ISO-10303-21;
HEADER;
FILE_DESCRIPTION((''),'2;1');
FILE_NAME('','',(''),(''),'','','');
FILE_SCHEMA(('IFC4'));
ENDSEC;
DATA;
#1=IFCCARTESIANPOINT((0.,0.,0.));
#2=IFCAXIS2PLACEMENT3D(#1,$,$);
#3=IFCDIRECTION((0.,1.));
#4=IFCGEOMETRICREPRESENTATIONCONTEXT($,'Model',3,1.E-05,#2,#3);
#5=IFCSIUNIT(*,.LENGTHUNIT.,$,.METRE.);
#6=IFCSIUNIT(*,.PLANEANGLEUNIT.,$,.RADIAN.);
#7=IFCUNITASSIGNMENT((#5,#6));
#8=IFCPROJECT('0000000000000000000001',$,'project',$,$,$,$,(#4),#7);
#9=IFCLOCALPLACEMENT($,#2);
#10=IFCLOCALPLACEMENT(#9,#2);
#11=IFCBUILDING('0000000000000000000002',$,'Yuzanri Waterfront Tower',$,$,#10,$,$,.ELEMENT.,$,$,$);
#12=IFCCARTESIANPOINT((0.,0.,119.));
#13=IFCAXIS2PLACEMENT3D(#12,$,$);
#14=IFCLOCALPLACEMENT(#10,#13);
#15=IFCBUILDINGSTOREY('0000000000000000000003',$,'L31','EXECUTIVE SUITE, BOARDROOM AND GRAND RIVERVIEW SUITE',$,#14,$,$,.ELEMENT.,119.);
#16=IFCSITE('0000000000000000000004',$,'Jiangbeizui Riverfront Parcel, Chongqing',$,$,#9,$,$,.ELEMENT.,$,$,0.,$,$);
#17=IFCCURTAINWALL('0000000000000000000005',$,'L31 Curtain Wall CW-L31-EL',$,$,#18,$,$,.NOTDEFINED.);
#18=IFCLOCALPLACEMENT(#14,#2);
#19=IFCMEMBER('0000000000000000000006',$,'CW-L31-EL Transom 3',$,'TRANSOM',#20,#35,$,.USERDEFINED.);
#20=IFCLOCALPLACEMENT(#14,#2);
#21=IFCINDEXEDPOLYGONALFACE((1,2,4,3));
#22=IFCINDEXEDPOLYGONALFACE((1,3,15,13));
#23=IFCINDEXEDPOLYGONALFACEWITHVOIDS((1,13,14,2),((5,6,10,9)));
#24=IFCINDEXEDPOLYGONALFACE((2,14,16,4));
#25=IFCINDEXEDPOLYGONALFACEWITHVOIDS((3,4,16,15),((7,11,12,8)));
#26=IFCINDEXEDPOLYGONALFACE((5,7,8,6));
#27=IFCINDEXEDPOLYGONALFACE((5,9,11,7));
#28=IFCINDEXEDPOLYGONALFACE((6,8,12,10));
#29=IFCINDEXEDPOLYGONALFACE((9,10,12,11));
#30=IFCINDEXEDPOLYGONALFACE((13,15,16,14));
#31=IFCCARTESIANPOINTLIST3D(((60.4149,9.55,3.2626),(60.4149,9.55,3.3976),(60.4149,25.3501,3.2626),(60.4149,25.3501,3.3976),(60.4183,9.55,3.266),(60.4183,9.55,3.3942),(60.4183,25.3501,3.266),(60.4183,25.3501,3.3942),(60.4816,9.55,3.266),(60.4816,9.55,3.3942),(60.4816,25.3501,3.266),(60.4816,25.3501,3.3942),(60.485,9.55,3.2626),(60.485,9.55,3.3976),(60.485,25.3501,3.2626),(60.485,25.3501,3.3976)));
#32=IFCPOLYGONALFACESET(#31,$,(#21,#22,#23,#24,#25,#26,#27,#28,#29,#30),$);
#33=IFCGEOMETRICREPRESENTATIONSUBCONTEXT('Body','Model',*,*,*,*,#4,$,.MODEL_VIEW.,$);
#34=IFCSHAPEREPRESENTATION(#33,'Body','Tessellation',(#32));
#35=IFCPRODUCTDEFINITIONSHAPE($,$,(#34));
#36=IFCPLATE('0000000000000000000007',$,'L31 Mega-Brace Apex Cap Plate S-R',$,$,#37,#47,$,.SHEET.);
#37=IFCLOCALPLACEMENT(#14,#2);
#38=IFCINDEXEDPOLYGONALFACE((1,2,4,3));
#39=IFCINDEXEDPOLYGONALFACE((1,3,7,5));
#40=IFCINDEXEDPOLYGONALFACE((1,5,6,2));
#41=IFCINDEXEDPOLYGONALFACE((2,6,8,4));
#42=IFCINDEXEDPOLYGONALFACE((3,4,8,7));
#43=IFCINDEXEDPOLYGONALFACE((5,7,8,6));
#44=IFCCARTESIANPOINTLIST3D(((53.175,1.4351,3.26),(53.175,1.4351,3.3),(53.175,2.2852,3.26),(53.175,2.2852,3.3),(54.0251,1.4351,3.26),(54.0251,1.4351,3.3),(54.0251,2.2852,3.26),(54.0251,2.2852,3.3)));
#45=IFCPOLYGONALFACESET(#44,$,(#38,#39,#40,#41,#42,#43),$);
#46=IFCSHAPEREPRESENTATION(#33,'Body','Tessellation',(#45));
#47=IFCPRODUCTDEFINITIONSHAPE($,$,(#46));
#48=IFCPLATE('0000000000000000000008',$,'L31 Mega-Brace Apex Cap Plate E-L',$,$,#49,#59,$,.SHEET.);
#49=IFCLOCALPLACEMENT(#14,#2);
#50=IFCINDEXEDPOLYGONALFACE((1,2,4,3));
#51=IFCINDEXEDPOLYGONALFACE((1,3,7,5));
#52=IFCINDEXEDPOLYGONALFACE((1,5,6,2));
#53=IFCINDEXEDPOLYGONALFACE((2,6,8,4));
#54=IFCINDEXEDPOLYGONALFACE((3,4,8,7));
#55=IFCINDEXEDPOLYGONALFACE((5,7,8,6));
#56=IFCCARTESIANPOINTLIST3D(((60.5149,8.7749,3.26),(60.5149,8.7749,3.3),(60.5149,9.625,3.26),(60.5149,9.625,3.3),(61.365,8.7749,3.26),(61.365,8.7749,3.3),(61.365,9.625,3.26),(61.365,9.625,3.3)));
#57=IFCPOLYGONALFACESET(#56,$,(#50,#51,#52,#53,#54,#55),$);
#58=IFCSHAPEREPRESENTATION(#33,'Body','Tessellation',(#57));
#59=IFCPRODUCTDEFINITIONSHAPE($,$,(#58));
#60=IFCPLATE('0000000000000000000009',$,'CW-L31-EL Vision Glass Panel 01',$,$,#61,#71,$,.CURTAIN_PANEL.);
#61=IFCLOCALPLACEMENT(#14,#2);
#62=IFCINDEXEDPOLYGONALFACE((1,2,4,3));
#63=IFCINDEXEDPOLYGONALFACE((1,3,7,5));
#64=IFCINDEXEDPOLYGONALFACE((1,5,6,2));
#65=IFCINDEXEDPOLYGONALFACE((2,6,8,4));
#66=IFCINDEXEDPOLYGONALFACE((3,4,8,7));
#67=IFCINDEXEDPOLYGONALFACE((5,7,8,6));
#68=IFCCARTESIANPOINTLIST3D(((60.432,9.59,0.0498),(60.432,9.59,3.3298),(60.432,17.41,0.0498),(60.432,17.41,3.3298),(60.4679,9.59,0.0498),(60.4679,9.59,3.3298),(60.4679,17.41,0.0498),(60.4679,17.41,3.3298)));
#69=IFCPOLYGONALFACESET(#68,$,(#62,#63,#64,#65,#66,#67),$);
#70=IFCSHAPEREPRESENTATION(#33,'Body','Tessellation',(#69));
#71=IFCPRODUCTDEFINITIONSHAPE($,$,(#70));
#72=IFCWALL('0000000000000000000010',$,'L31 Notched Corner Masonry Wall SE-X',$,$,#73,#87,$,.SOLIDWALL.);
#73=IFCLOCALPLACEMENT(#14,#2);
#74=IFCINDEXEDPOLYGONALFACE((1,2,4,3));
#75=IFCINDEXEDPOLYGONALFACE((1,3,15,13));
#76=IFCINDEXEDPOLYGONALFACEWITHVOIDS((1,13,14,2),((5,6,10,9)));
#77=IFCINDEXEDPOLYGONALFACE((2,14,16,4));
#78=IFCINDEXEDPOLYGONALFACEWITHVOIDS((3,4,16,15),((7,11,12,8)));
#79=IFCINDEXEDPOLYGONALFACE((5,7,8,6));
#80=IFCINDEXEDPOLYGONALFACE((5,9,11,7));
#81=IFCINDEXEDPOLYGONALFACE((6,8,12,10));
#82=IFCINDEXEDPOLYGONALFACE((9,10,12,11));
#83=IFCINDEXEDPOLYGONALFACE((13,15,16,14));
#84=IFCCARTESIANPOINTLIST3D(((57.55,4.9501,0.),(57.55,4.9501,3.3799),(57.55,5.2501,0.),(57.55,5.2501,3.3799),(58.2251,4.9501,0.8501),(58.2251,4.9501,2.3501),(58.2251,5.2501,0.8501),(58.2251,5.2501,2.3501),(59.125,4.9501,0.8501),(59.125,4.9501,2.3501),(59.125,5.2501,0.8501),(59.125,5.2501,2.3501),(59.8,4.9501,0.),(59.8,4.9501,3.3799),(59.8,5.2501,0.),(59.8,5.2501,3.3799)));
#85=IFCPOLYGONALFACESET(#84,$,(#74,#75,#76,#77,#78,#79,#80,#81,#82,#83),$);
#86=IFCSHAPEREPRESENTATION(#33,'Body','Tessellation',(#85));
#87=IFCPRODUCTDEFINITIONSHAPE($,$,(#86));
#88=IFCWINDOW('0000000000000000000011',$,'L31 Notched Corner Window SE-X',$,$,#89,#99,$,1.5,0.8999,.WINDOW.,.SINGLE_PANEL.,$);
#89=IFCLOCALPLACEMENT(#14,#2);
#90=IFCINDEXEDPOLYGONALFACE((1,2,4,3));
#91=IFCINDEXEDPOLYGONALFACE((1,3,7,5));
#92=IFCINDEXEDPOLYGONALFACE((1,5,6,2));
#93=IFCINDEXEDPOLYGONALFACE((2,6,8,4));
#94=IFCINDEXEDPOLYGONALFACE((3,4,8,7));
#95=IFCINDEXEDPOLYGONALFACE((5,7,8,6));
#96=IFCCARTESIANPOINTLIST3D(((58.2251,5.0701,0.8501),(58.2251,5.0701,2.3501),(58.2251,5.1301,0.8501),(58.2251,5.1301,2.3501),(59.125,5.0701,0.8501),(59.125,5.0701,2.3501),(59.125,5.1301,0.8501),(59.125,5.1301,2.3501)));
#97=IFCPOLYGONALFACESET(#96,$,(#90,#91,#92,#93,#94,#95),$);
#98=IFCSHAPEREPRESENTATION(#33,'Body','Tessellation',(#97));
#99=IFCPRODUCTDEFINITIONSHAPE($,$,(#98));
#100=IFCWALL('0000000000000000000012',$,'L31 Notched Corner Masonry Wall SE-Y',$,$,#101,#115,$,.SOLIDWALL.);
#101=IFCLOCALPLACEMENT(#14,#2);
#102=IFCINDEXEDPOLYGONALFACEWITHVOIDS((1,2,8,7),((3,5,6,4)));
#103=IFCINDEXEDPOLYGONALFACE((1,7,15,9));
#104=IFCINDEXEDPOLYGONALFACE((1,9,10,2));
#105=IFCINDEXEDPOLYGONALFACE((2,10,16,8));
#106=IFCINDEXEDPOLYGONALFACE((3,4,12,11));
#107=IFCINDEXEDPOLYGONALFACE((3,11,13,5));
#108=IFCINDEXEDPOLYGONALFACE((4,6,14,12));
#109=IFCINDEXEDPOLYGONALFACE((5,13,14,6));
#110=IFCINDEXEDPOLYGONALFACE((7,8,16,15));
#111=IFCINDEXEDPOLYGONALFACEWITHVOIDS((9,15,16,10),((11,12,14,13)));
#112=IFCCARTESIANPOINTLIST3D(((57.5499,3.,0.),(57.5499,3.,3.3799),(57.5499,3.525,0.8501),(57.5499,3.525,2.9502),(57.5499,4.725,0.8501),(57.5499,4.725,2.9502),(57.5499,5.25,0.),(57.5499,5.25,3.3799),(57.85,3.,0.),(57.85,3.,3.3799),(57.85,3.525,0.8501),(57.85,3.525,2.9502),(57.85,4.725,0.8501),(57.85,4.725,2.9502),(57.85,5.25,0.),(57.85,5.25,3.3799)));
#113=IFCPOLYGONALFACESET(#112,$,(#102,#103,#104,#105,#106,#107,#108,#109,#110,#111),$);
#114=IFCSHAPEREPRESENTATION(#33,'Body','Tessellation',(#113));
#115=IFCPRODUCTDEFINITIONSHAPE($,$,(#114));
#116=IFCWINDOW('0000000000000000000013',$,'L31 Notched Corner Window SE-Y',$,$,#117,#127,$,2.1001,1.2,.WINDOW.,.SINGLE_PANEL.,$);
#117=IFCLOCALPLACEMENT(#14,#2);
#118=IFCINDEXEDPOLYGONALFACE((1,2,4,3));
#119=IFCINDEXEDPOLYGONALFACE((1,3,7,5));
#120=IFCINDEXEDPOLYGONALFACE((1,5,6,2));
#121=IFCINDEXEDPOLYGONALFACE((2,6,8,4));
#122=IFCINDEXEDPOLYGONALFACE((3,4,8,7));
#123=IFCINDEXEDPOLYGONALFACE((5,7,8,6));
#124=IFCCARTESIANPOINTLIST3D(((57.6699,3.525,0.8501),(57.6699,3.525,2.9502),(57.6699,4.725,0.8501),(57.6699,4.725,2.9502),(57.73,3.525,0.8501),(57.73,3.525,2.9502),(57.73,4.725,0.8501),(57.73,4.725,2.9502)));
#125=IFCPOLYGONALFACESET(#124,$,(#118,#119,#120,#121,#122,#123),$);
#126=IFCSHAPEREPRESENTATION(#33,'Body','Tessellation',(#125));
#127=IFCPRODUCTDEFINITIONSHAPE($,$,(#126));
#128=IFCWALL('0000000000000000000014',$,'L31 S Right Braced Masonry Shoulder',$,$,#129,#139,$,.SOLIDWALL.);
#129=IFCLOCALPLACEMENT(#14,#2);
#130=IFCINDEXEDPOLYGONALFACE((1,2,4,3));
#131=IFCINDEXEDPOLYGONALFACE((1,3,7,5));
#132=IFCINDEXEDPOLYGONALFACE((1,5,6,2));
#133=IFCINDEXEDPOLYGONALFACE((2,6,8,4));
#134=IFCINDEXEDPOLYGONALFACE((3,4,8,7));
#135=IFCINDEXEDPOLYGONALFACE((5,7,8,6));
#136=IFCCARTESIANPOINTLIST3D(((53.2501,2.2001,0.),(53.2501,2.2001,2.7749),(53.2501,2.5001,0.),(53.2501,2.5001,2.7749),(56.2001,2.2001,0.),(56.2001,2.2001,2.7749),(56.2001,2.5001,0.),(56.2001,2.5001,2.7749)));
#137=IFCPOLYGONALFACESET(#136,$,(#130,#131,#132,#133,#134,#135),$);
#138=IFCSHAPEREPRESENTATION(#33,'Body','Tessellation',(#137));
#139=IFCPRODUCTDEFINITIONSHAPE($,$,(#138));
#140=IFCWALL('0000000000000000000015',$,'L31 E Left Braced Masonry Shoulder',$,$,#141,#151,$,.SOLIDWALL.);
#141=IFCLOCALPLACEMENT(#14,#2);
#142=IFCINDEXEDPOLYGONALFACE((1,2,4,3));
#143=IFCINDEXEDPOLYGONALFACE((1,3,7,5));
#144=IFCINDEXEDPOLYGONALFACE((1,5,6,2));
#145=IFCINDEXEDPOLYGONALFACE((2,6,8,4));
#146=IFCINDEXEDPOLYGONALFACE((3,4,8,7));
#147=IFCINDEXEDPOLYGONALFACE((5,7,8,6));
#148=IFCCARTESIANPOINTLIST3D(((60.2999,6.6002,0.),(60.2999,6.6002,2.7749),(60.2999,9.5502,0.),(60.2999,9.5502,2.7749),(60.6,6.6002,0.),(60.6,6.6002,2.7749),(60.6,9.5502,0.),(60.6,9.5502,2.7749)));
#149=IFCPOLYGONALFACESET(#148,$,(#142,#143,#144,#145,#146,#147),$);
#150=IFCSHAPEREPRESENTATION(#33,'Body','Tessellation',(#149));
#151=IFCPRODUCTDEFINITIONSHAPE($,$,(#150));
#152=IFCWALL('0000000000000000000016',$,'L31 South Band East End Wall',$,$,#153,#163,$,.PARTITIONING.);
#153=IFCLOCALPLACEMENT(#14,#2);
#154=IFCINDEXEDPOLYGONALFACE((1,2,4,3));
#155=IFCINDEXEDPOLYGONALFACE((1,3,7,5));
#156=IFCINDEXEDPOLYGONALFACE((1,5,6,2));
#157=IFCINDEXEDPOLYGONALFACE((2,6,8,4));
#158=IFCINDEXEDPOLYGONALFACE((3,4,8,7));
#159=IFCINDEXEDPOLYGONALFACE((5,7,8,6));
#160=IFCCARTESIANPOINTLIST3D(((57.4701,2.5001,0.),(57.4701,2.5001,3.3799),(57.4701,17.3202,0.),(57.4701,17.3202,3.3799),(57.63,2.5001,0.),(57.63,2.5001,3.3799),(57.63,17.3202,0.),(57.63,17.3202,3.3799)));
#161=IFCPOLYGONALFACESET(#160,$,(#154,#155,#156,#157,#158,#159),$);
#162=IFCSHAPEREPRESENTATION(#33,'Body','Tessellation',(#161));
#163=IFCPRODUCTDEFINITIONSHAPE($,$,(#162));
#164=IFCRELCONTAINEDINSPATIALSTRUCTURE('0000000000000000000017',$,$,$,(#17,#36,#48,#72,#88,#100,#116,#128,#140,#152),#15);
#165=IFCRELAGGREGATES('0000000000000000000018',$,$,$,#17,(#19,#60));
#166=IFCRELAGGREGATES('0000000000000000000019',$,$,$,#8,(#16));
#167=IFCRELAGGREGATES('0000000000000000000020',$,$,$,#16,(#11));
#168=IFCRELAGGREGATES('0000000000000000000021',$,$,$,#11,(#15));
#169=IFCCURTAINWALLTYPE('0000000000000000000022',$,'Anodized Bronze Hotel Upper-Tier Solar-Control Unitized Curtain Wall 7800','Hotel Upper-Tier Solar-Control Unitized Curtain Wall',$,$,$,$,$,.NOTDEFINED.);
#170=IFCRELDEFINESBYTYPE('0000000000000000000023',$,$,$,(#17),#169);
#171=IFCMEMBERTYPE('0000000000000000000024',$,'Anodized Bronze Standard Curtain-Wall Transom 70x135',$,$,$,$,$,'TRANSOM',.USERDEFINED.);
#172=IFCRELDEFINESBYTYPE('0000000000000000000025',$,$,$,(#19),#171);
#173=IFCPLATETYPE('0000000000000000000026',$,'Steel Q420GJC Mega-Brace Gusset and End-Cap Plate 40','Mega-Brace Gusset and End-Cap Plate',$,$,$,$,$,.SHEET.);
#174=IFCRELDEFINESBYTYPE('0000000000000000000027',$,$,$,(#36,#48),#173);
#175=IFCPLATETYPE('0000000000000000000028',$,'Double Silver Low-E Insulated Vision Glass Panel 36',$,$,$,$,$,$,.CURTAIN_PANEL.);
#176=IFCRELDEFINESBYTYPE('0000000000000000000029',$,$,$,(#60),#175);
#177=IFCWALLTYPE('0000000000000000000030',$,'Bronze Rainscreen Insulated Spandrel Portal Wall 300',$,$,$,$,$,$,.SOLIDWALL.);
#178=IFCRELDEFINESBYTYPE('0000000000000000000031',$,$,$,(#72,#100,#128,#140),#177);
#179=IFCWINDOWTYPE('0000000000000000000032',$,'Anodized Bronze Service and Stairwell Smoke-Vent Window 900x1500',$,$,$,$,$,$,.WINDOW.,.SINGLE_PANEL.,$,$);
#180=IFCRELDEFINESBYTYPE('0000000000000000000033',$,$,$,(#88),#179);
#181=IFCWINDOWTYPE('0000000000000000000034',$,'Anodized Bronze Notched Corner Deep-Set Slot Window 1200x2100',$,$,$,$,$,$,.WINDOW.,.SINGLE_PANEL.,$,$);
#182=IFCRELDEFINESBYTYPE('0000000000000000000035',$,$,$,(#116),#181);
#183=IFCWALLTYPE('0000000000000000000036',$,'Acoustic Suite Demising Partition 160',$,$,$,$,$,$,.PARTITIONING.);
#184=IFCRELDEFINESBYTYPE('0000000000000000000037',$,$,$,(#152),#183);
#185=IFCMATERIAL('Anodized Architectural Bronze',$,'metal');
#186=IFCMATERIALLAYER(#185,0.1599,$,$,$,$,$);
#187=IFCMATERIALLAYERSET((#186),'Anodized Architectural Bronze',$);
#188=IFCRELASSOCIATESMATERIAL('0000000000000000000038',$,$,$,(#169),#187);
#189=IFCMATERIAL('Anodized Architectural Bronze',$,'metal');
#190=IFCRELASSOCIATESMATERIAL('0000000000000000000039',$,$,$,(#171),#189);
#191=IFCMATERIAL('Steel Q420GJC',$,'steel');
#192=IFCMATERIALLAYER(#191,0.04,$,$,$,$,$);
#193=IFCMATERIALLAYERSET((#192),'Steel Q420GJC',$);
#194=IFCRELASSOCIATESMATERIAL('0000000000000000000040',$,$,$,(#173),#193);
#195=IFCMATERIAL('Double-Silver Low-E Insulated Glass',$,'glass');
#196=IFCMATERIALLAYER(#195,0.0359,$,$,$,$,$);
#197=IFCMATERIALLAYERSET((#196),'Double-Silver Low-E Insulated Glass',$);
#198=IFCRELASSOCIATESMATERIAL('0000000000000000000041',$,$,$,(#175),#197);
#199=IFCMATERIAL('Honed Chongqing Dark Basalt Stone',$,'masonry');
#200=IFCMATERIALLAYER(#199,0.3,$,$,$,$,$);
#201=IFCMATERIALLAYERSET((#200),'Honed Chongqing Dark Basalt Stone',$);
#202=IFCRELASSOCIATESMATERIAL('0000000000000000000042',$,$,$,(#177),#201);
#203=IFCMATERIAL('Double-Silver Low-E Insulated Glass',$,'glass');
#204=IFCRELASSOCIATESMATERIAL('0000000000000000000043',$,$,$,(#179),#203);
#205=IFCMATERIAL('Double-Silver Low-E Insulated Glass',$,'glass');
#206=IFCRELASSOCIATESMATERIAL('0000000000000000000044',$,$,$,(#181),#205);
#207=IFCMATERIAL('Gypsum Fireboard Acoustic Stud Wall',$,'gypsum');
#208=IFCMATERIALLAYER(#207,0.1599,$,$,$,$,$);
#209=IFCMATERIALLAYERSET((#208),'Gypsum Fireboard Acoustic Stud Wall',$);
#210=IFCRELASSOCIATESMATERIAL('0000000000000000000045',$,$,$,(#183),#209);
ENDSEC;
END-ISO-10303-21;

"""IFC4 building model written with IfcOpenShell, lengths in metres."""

from ifc_helpers import new_model, si_unit, direction, frame, frame_2d, origin, origin_2d, place, context, subcontext, project, spatial, rectangle, hollow_rectangle, extrude, source, transform, mapped, material, layer, layer_set, material_profile, profile_set, type_object, element, fill, aggregate, save


model = new_model("IFC4")

# Units and contexts
model_context = context("Model", 3, precision=1e-05, world=origin(), true_north=direction((0.0, 1.0)))
body_context = subcontext(model_context, "Body", "Model", "MODEL_VIEW")
ifc_project = project(units=[si_unit("LENGTHUNIT", "METRE"), si_unit("PLANEANGLEUNIT", "RADIAN")], contexts=[model_context])

# Site, building, storey
site_placement = place(None, origin())
site = spatial("IfcSite", under=ifc_project, at=site_placement, Name="Jiangbeizui Riverfront Parcel, Chongqing", CompositionType="ELEMENT", RefElevation=0.0)
building_placement = place(site_placement, origin())
building = spatial("IfcBuilding", under=site, at=building_placement, Name="Yuzanri Waterfront Tower", CompositionType="ELEMENT")
storey_placement = place(building_placement, frame((0.0, 0.0, 119.0)))
storey = spatial("IfcBuildingStorey", under=building, at=storey_placement, Name="L31", Description="EXECUTIVE SUITE, BOARDROOM AND GRAND RIVERVIEW SUITE", CompositionType="ELEMENT", Elevation=119.0)

# Curtain wall, member
ifc_material_1 = material(Name="Anodized Architectural Bronze", Category="metal")
ifc_layer_1 = layer(ifc_material_1, 0.1599)
ifc_layer_set_1 = layer_set([ifc_layer_1], Name="Anodized Architectural Bronze")
curtain_wall_type = type_object("IfcCurtainWallType", Name="Anodized Bronze Hotel Upper-Tier Solar-Control Unitized Curtain Wall 7800", Description="Hotel Upper-Tier Solar-Control Unitized Curtain Wall", PredefinedType="NOTDEFINED", material=ifc_layer_set_1)
curtain_wall_1_placement = place(storey_placement, origin())
curtain_wall_1 = element("IfcCurtainWall", 1, at=curtain_wall_1_placement, inside=storey, type_object=curtain_wall_type, Name="L31 Curtain Wall CW-L31-EL", PredefinedType="NOTDEFINED")
ifc_material_2 = material(Name="Anodized Architectural Bronze", Category="metal")
ifc_material_profile_1 = material_profile(ifc_material_2, hollow_rectangle(XDim=0.0701, YDim=0.135, WallThickness=0.0034, at=origin_2d()), Name="CWT 70x135")
ifc_profile_set_1 = profile_set([ifc_material_profile_1], Name="Anodized Architectural Bronze")
member_type_1 = type_object("IfcMemberType", Name="Anodized Bronze Standard Curtain-Wall Transom 70x135", ElementType="TRANSOM", PredefinedType="USERDEFINED", material=ifc_profile_set_1)
shared_shape_1 = source(origin(), body_context, "Body", "SweptSolid", [
    extrude(hollow_rectangle(XDim=0.0701, YDim=0.135, WallThickness=0.0034, at=origin_2d()), origin(), (0.0, 0.0, 1.0), 15.8),
])
member_1_placement = place(storey_placement, frame((60.45, 9.55, 3.3301), z_axis=(0.0, 1.0, 0.0), x_axis=(-1.0, 0.0, 0.0)))
member_1 = element("IfcMember", 2, at=member_1_placement, type_object=member_type_1, Name="CW-L31-EL Transom 3", ObjectType="TRANSOM", PredefinedType="USERDEFINED", context=body_context, shape_type="MappedRepresentation", body=[
    mapped(shared_shape_1, transform((0.0, 0.0, 0.0), scale=1.0)),
])

# Plates
ifc_material_3 = material(Name="Steel Q420GJC", Category="steel")
ifc_layer_2 = layer(ifc_material_3, 0.04)
ifc_layer_set_2 = layer_set([ifc_layer_2], Name="Steel Q420GJC")
plate_type_1 = type_object("IfcPlateType", Name="Steel Q420GJC Mega-Brace Gusset and End-Cap Plate 40", Description="Mega-Brace Gusset and End-Cap Plate", PredefinedType="SHEET", material=ifc_layer_set_2)
shared_shape_2 = source(origin(), body_context, "Body", "SweptSolid", [
    extrude(rectangle(XDim=0.8501, YDim=0.8501, at=origin_2d()), origin(), (0.0, 0.0, 1.0), 0.04),
])
for number, where, z_axis, x_axis, name in (
    (3, (53.6001, 1.8601, 3.26), (0.0, 0.0, 1.0), (1.0, 0.0, 0.0), "L31 Mega-Brace Apex Cap Plate S-R"),
    (4, (60.9399, 9.2, 3.26), (0.0, 0.0, 1.0), (1.0, 0.0, 0.0), "L31 Mega-Brace Apex Cap Plate E-L"),
):
    element("IfcPlate", number, at=place(storey_placement, frame(where, z_axis=z_axis, x_axis=x_axis)), inside=storey, type_object=plate_type_1, Name=name, PredefinedType="SHEET", context=body_context, shape_type="MappedRepresentation", body=[
        mapped(shared_shape_2, transform((0.0, 0.0, 0.0), scale=1.0)),
    ])

# Plate
ifc_material_4 = material(Name="Double-Silver Low-E Insulated Glass", Category="glass")
ifc_layer_3 = layer(ifc_material_4, 0.0359)
ifc_layer_set_3 = layer_set([ifc_layer_3], Name="Double-Silver Low-E Insulated Glass")
plate_type_2 = type_object("IfcPlateType", Name="Double Silver Low-E Insulated Vision Glass Panel 36", PredefinedType="CURTAIN_PANEL", material=ifc_layer_set_3)
shared_shape_3 = source(origin(), body_context, "Body", "SweptSolid", [
    extrude(rectangle(XDim=7.8201, YDim=0.0359, at=origin_2d()), origin(), (0.0, 0.0, 1.0), 3.28),
])
plate_placement = place(storey_placement, frame((60.45, 13.5, 0.0498), z_axis=(0.0, 0.0, 1.0), x_axis=(0.0, 1.0, 0.0)))
plate = element("IfcPlate", 5, at=plate_placement, type_object=plate_type_2, Name="CW-L31-EL Vision Glass Panel 01", PredefinedType="CURTAIN_PANEL", context=body_context, shape_type="MappedRepresentation", body=[
    mapped(shared_shape_3, transform((0.0, 0.0, 0.0), scale=1.0)),
])
aggregate(curtain_wall_1, [member_1, plate])

# Walls, openings, windows
ifc_material_5 = material(Name="Honed Chongqing Dark Basalt Stone", Category="masonry")
ifc_layer_4 = layer(ifc_material_5, 0.3)
ifc_layer_set_4 = layer_set([ifc_layer_4], Name="Honed Chongqing Dark Basalt Stone")
wall_type_1 = type_object("IfcWallType", Name="Bronze Rainscreen Insulated Spandrel Portal Wall 300", PredefinedType="SOLIDWALL", material=ifc_layer_set_4)
wall_1_placement = place(storey_placement, frame((57.55, 5.1001, 0.0), z_axis=(0.0, 0.0, 1.0), x_axis=(1.0, 0.0, 0.0)))
wall_1 = element("IfcWall", 6, at=wall_1_placement, inside=storey, type_object=wall_type_1, Name="L31 Notched Corner Masonry Wall SE-X", PredefinedType="SOLIDWALL", context=body_context, shape_type="SweptSolid", body=[
    extrude(rectangle(XDim=2.25, YDim=0.3, at=frame_2d((1.125, 0.0))), origin(), (0.0, 0.0, 1.0), 3.3799),
])
opening_1_placement = place(wall_1_placement, frame((0.675, 0.0, 0.8501)))
opening_1 = element("IfcOpeningElement", 7, at=opening_1_placement, cuts=wall_1, PredefinedType="OPENING", context=body_context, shape_type="SweptSolid", body=[
    extrude(rectangle(XDim=0.8999, YDim=1.5, at=frame_2d((0.45, 0.75))), frame((0.0, 0.165, 0.0), z_axis=(0.0, -1.0, 0.0), x_axis=(1.0, 0.0, 0.0)), (0.0, 0.0, 1.0), 0.3298),
])
ifc_material_6 = material(Name="Double-Silver Low-E Insulated Glass", Category="glass")
window_type_1 = type_object("IfcWindowType", Name="Anodized Bronze Service and Stairwell Smoke-Vent Window 900x1500", PartitioningType="SINGLE_PANEL", PredefinedType="WINDOW", material=ifc_material_6)
shared_shape_4 = source(origin(), body_context, "Body", "SweptSolid", [
    extrude(rectangle(XDim=0.8999, YDim=1.5, at=frame_2d((0.45, 0.75))), frame((0.0, 0.03, 0.0), z_axis=(0.0, -1.0, 0.0), x_axis=(1.0, 0.0, 0.0)), (0.0, 0.0, 1.0), 0.0601),
])
window_1_placement = place(opening_1_placement, origin())
window_1 = element("IfcWindow", 8, at=window_1_placement, inside=storey, type_object=window_type_1, Name="L31 Notched Corner Window SE-X", OverallHeight=1.5, OverallWidth=0.8999, PartitioningType="SINGLE_PANEL", PredefinedType="WINDOW", context=body_context, shape_type="MappedRepresentation", body=[
    mapped(shared_shape_4, transform((0.0, 0.0, 0.0), scale=1.0)),
])
fill(opening_1, window_1)
wall_2_placement = place(storey_placement, frame((57.7, 3.0, 0.0), z_axis=(0.0, 0.0, 1.0), x_axis=(0.0, 1.0, 0.0)))
wall_2 = element("IfcWall", 9, at=wall_2_placement, inside=storey, type_object=wall_type_1, Name="L31 Notched Corner Masonry Wall SE-Y", PredefinedType="SOLIDWALL", context=body_context, shape_type="SweptSolid", body=[
    extrude(rectangle(XDim=2.25, YDim=0.3, at=frame_2d((1.125, 0.0))), origin(), (0.0, 0.0, 1.0), 3.3799),
])
opening_2_placement = place(wall_2_placement, frame((0.5249, 0.0, 0.8501)))
opening_2 = element("IfcOpeningElement", 10, at=opening_2_placement, cuts=wall_2, PredefinedType="OPENING", context=body_context, shape_type="SweptSolid", body=[
    extrude(rectangle(XDim=1.2, YDim=2.1001, at=frame_2d((0.6001, 1.05))), frame((0.0, 0.165, 0.0), z_axis=(0.0, -1.0, 0.0), x_axis=(1.0, 0.0, 0.0)), (0.0, 0.0, 1.0), 0.3298),
])
ifc_material_7 = material(Name="Double-Silver Low-E Insulated Glass", Category="glass")
window_type_2 = type_object("IfcWindowType", Name="Anodized Bronze Notched Corner Deep-Set Slot Window 1200x2100", PartitioningType="SINGLE_PANEL", PredefinedType="WINDOW", material=ifc_material_7)
shared_shape_5 = source(origin(), body_context, "Body", "SweptSolid", [
    extrude(rectangle(XDim=1.2, YDim=2.1001, at=frame_2d((0.6001, 1.05))), frame((0.0, 0.03, 0.0), z_axis=(0.0, -1.0, 0.0), x_axis=(1.0, 0.0, 0.0)), (0.0, 0.0, 1.0), 0.0601),
])
window_2_placement = place(opening_2_placement, origin())
window_2 = element("IfcWindow", 11, at=window_2_placement, inside=storey, type_object=window_type_2, Name="L31 Notched Corner Window SE-Y", OverallHeight=2.1001, OverallWidth=1.2, PartitioningType="SINGLE_PANEL", PredefinedType="WINDOW", context=body_context, shape_type="MappedRepresentation", body=[
    mapped(shared_shape_5, transform((0.0, 0.0, 0.0), scale=1.0)),
])
fill(opening_2, window_2)

# Walls
shared_shape_6 = source(origin(), body_context, "Body", "SweptSolid", [
    extrude(rectangle(XDim=2.95, YDim=0.3, at=frame_2d((1.4751, 0.0))), origin(), (0.0, 0.0, 1.0), 2.7749),
])
for number, where, z_axis, x_axis, name in (
    (12, (53.25, 2.3501, 0.0), (0.0, 0.0, 1.0), (1.0, 0.0, 0.0), "L31 S Right Braced Masonry Shoulder"),
    (13, (60.45, 6.6001, 0.0), (0.0, 0.0, 1.0), (0.0, 1.0, 0.0), "L31 E Left Braced Masonry Shoulder"),
):
    element("IfcWall", number, at=place(storey_placement, frame(where, z_axis=z_axis, x_axis=x_axis)), inside=storey, type_object=wall_type_1, Name=name, PredefinedType="SOLIDWALL", context=body_context, shape_type="MappedRepresentation", body=[
        mapped(shared_shape_6, transform((0.0, 0.0, 0.0), scale=1.0)),
    ])
ifc_material_8 = material(Name="Gypsum Fireboard Acoustic Stud Wall", Category="gypsum")
ifc_layer_5 = layer(ifc_material_8, 0.1599)
ifc_layer_set_5 = layer_set([ifc_layer_5], Name="Gypsum Fireboard Acoustic Stud Wall")
wall_type_2 = type_object("IfcWallType", Name="Acoustic Suite Demising Partition 160", PredefinedType="PARTITIONING", material=ifc_layer_set_5)
shared_shape_7 = source(origin(), body_context, "Body", "SweptSolid", [
    extrude(rectangle(XDim=14.8201, YDim=0.1599, at=frame_2d((7.4102, 0.0))), origin(), (0.0, 0.0, 1.0), 3.3799),
])
wall_3_placement = place(storey_placement, frame((57.55, 2.5, 0.0), z_axis=(0.0, 0.0, 1.0), x_axis=(0.0, 1.0, 0.0)))
element("IfcWall", 14, at=wall_3_placement, inside=storey, type_object=wall_type_2, Name="L31 South Band East End Wall", PredefinedType="PARTITIONING", context=body_context, shape_type="MappedRepresentation", body=[
    mapped(shared_shape_7, transform((0.0, 0.0, 0.0), scale=1.0)),
])

save(model, "model.ifc")
